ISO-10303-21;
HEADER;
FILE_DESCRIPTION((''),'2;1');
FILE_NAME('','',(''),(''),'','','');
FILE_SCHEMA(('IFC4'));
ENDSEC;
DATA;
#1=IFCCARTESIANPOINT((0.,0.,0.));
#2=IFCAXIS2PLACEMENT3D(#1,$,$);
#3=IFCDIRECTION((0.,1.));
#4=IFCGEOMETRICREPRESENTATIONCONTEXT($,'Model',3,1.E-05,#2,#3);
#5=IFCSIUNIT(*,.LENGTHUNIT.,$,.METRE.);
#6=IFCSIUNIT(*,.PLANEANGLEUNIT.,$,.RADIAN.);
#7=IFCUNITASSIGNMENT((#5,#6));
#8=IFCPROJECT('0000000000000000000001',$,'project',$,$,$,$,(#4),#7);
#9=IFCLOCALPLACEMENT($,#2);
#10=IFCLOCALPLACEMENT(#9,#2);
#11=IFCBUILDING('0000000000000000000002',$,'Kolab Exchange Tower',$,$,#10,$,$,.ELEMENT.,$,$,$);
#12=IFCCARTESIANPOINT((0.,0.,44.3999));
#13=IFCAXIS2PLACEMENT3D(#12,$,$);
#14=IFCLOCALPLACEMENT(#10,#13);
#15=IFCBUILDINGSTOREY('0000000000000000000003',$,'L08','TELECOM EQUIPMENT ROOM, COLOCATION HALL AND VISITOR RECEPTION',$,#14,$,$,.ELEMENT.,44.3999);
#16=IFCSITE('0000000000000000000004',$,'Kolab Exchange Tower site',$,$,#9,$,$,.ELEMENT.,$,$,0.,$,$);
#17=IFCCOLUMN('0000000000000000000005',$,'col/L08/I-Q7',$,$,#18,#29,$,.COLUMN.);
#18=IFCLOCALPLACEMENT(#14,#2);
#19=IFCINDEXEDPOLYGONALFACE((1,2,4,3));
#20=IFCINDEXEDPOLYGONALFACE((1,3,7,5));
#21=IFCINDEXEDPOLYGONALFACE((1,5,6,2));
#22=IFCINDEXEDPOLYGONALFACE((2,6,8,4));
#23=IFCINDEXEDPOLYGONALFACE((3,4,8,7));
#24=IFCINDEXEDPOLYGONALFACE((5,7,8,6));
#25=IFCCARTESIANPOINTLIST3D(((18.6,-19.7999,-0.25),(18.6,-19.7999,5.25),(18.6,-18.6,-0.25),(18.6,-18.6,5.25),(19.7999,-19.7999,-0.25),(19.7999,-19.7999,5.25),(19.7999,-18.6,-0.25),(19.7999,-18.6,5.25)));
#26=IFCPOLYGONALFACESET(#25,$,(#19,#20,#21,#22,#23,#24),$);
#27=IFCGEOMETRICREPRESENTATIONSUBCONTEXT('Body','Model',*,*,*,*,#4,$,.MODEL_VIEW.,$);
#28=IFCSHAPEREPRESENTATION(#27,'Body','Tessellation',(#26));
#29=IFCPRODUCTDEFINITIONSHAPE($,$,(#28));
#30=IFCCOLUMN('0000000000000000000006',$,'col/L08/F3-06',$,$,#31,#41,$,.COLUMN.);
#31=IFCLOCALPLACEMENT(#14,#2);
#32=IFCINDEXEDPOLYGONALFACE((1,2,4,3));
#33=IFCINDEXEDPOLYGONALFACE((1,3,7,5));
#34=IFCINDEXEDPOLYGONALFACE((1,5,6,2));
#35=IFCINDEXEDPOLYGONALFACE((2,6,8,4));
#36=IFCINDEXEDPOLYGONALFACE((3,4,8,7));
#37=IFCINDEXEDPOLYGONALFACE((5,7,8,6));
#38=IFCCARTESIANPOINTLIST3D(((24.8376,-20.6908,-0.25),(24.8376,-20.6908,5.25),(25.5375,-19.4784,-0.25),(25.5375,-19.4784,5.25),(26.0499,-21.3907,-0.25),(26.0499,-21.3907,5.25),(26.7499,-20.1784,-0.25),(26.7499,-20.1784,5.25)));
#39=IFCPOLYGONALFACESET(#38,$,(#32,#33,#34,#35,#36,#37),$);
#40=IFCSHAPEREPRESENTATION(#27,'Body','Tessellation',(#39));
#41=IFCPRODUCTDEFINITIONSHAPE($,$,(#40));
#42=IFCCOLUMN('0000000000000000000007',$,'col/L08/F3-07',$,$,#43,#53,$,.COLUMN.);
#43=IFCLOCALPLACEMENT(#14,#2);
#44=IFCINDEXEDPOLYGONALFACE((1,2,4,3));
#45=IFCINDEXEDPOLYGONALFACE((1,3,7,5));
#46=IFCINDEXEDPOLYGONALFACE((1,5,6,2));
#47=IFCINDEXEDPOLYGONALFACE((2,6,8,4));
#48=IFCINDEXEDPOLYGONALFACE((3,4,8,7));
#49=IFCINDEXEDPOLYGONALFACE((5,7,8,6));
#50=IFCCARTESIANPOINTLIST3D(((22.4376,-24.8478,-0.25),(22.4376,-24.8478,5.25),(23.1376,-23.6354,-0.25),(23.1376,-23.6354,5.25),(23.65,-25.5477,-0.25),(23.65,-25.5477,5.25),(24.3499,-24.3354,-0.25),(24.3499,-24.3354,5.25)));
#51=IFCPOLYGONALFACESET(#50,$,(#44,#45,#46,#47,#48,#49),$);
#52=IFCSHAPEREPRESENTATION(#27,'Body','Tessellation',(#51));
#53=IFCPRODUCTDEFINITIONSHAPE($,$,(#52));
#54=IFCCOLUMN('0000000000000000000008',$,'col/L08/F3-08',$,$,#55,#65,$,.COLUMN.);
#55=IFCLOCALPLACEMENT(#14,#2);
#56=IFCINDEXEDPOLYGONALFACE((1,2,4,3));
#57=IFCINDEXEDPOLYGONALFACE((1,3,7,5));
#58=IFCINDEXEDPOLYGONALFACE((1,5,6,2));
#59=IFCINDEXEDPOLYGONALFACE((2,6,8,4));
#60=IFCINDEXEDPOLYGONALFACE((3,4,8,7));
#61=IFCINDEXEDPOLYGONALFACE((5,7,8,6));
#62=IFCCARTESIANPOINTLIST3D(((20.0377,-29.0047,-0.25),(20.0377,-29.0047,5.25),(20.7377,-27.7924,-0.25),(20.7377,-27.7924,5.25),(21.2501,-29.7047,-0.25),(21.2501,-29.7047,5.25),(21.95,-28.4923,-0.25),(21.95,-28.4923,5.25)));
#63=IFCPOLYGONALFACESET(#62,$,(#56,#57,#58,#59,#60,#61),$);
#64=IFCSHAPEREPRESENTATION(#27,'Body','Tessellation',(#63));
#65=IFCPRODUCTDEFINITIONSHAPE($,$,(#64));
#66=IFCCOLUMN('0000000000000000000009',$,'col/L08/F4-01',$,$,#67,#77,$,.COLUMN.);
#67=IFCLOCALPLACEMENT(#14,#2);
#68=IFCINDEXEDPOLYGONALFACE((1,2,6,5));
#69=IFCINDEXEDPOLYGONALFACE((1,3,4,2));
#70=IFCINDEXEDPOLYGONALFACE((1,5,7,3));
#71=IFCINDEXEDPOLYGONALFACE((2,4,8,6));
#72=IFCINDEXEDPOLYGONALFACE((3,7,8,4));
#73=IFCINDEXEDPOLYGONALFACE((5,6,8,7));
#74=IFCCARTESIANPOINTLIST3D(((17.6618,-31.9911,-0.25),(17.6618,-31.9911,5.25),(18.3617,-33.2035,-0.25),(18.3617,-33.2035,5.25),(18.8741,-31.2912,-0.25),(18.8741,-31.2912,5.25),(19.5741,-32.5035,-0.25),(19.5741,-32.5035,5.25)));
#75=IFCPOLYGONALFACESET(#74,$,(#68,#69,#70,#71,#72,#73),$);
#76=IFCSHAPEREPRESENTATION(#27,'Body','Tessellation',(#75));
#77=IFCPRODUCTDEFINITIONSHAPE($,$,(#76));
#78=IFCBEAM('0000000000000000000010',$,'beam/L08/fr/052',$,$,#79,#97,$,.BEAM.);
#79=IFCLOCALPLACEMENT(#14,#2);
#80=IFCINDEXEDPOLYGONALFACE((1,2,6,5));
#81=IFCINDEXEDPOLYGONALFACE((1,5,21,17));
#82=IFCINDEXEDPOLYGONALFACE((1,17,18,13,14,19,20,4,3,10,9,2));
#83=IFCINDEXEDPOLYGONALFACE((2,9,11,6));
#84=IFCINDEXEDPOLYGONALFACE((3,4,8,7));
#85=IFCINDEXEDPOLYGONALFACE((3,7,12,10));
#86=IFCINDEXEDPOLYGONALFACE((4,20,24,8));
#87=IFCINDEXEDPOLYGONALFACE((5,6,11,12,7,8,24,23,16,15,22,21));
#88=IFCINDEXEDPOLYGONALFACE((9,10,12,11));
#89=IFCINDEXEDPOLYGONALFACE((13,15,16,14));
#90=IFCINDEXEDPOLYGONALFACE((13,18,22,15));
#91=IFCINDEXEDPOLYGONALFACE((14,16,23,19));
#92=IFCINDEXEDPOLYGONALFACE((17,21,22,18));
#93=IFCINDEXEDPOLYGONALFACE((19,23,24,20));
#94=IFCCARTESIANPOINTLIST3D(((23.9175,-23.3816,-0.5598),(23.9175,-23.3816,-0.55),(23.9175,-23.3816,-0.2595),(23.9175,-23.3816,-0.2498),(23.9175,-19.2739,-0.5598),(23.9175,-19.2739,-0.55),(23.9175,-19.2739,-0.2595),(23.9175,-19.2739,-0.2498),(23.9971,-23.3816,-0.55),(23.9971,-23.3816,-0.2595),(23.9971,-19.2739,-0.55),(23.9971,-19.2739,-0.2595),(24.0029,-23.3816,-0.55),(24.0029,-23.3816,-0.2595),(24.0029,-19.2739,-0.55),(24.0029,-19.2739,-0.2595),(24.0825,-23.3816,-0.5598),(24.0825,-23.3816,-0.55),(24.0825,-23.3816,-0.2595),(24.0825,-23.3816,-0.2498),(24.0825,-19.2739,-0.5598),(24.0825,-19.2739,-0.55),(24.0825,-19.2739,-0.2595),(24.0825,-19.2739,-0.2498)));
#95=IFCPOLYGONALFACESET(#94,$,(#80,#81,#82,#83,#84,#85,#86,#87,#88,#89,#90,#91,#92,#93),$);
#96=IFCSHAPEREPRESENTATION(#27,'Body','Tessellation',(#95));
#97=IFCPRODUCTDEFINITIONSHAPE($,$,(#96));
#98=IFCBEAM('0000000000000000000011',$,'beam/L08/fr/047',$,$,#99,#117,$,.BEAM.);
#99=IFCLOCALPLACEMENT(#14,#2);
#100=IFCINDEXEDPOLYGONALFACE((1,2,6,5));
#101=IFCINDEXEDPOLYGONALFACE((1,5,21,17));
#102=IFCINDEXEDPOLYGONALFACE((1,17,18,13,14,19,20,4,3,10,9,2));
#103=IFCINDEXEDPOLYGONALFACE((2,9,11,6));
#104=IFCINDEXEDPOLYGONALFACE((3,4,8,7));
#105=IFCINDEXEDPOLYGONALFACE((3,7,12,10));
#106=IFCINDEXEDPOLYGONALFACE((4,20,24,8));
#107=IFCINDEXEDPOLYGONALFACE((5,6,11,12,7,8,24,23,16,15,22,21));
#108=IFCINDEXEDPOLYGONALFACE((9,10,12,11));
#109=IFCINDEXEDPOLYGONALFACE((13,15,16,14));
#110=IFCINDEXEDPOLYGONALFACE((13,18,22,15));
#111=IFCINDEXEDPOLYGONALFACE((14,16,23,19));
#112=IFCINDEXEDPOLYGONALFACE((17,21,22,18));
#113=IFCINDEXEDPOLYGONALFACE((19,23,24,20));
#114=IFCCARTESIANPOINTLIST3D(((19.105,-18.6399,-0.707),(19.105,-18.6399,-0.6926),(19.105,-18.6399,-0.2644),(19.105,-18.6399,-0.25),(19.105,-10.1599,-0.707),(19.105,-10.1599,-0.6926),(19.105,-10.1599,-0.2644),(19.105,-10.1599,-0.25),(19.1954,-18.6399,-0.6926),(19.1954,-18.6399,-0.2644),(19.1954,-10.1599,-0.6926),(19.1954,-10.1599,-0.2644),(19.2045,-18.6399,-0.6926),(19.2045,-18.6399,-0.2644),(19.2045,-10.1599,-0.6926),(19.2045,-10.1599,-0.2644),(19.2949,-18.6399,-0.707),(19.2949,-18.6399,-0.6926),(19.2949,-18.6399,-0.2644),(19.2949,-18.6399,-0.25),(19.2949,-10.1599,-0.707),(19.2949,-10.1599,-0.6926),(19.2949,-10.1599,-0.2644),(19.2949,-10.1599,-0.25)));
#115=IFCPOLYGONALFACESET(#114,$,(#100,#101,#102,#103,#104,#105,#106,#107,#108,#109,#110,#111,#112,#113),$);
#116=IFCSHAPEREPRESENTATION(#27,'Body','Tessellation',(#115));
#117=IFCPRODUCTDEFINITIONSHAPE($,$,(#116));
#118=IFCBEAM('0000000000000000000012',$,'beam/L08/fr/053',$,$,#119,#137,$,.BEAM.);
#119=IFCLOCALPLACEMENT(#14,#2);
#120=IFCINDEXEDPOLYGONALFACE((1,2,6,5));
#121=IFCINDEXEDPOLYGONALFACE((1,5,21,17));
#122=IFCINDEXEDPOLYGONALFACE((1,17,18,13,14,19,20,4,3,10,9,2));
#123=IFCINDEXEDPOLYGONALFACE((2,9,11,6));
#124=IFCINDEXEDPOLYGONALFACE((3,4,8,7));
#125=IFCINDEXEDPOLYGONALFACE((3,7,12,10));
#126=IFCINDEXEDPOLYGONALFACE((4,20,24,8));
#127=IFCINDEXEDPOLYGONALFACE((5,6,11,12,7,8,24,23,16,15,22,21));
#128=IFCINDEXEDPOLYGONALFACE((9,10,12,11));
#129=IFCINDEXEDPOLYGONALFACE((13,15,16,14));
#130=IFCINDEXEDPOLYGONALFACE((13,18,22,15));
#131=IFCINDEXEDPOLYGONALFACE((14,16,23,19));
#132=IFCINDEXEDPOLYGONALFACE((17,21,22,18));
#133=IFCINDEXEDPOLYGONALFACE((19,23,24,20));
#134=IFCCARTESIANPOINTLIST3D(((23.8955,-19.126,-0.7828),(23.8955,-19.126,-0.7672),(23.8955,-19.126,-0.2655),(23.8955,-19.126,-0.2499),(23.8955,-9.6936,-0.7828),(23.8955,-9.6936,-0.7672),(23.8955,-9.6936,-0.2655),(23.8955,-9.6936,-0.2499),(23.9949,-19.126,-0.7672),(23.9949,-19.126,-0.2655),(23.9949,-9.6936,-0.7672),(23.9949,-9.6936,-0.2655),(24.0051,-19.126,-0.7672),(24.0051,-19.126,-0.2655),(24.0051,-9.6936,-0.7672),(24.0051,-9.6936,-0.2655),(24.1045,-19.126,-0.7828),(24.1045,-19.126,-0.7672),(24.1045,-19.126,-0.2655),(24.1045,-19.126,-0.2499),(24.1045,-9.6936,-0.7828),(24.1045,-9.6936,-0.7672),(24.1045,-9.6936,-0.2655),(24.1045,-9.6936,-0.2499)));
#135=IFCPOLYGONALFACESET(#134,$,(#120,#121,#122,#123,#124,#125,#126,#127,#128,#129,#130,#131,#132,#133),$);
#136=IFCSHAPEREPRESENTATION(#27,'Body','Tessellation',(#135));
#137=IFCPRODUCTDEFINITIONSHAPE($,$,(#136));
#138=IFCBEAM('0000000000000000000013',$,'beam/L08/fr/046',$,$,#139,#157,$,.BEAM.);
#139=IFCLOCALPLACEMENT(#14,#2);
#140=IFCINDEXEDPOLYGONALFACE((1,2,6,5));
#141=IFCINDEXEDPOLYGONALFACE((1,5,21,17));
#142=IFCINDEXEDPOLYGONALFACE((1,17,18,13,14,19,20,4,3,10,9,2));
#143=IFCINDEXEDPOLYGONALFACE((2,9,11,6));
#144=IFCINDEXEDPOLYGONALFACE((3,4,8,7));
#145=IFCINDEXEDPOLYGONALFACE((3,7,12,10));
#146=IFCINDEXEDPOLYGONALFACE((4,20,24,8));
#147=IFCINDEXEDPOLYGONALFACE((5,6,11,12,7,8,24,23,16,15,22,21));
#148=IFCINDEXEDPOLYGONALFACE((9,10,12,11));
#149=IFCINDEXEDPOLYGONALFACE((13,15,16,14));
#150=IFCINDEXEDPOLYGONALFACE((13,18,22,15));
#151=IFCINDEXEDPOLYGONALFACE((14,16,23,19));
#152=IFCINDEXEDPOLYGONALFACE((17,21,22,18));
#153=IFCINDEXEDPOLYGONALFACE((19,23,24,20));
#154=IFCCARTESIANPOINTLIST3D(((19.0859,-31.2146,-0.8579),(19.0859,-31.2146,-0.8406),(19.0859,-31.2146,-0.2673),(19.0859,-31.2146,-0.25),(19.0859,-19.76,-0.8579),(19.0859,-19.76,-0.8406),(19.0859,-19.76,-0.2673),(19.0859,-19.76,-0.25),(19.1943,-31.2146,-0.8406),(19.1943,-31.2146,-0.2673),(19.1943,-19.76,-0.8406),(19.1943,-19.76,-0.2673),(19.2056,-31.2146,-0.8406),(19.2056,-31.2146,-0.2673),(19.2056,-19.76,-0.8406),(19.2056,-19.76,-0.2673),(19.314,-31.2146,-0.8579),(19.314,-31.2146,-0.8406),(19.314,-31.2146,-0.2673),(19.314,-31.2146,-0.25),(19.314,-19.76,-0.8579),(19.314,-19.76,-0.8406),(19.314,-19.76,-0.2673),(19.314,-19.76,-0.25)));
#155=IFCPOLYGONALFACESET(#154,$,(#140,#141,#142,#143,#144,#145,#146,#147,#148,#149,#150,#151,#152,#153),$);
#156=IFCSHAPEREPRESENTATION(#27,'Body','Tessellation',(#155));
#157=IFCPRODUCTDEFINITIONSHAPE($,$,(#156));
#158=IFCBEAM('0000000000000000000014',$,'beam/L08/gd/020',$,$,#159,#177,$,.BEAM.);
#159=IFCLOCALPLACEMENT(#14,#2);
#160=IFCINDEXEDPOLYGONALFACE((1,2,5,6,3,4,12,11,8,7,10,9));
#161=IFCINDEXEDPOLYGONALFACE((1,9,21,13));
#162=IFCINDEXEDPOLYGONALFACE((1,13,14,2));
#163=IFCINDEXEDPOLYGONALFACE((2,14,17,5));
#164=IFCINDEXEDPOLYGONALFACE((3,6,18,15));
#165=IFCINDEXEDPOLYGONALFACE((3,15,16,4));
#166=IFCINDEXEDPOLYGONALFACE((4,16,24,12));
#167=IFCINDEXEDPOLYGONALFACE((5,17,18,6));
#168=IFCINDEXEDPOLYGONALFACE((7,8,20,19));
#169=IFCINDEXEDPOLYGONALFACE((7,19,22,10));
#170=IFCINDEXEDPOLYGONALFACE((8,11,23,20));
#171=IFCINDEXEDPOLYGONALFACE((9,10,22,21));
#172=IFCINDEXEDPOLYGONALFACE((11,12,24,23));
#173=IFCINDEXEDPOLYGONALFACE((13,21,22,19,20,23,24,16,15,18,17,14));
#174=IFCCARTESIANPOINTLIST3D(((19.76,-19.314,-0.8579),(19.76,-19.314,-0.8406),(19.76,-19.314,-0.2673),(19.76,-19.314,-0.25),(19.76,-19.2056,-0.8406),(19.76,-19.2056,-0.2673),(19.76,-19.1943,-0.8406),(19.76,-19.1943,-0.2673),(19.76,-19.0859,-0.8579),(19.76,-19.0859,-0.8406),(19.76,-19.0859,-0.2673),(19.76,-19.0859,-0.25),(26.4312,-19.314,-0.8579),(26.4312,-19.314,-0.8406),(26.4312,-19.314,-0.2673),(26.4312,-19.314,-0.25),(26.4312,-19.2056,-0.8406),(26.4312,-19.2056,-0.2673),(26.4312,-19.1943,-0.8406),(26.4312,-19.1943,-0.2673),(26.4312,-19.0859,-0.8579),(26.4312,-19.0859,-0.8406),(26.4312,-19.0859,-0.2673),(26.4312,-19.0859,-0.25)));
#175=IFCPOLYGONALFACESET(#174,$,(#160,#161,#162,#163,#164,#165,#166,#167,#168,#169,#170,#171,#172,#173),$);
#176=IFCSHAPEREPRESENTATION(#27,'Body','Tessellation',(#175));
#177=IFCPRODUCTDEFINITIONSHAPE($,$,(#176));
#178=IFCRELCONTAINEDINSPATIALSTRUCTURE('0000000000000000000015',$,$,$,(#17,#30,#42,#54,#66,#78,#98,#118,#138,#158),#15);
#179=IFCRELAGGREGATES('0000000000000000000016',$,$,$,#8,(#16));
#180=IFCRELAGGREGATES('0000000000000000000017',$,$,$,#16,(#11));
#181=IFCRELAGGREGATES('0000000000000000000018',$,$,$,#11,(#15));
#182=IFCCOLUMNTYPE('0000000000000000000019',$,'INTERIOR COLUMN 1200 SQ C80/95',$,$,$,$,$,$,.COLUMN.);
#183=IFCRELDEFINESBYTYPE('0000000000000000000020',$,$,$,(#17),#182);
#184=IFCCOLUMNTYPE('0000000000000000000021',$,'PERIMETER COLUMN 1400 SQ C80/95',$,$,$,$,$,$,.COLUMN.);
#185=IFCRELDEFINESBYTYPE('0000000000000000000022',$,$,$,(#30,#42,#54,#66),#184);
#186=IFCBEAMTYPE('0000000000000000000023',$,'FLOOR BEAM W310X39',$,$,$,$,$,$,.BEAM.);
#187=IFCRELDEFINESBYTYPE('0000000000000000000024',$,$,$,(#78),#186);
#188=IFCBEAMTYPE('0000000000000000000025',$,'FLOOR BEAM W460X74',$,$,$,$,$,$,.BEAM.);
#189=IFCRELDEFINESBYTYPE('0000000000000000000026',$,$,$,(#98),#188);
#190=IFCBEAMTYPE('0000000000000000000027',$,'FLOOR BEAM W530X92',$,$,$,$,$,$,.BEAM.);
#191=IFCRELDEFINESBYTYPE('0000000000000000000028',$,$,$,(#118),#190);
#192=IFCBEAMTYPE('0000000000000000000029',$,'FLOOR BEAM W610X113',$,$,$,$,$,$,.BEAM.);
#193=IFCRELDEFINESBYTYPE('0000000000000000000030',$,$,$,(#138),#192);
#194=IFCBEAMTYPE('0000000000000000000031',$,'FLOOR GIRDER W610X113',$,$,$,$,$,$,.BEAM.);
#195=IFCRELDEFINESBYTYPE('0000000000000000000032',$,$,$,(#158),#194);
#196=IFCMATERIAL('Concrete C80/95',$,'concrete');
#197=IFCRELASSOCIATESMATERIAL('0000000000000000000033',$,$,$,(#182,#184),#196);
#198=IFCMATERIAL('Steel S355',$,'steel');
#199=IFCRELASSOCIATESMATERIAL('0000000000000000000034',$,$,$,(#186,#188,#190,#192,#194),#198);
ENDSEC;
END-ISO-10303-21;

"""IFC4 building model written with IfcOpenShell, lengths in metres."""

from ifc_helpers import new_model, si_unit, direction, frame, origin, origin_2d, place, context, subcontext, project, spatial, rectangle, i_section, extrude, material, material_profile, profile_set, type_object, element, save


model = new_model("IFC4")

# Units and contexts
model_context = context("Model", 3, precision=1e-05, world=origin(), true_north=direction((0.0, 1.0)))
body_context = subcontext(model_context, "Body", "Model", "MODEL_VIEW")
ifc_project = project(units=[si_unit("LENGTHUNIT", "METRE"), si_unit("PLANEANGLEUNIT", "RADIAN")], contexts=[model_context])

# Site, building, storey
site_placement = place(None, origin())
site = spatial("IfcSite", under=ifc_project, at=site_placement, Name="Kolab Exchange Tower site", CompositionType="ELEMENT", RefElevation=0.0)
building_placement = place(site_placement, origin())
building = spatial("IfcBuilding", under=site, at=building_placement, Name="Kolab Exchange Tower", CompositionType="ELEMENT")
storey_placement = place(building_placement, frame((0.0, 0.0, 44.3999)))
storey = spatial("IfcBuildingStorey", under=building, at=storey_placement, Name="L08", Description="TELECOM EQUIPMENT ROOM, COLOCATION HALL AND VISITOR RECEPTION", CompositionType="ELEMENT", Elevation=44.3999)

# Columns
ifc_material_1 = material(Name="Concrete C80/95", Category="concrete")
ifc_material_profile_1 = material_profile(ifc_material_1, rectangle(XDim=1.2, YDim=1.2, at=origin_2d()), Name="RC1200")
ifc_profile_set_1 = profile_set([ifc_material_profile_1], Name="Concrete C80/95")
column_type_1 = type_object("IfcColumnType", Name="INTERIOR COLUMN 1200 SQ C80/95", PredefinedType="COLUMN", material=ifc_profile_set_1)
column_placement = place(storey_placement, frame((19.2, -19.2, -0.25), z_axis=(0.0, 0.0, 1.0), x_axis=(1.0, 0.0, 0.0)))
element("IfcColumn", 1, at=column_placement, inside=storey, type_object=column_type_1, Name="col/L08/I-Q7", PredefinedType="COLUMN", context=body_context, shape_type="SweptSolid", body=[
    extrude(rectangle(XDim=1.2, YDim=1.2, at=origin_2d()), origin(), (0.0, 0.0, 1.0), 5.5),
])
ifc_material_profile_2 = material_profile(ifc_material_1, rectangle(XDim=1.3999, YDim=1.3999, at=origin_2d()), Name="RC1400")
ifc_profile_set_2 = profile_set([ifc_material_profile_2], Name="Concrete C80/95")
column_type_2 = type_object("IfcColumnType", Name="PERIMETER COLUMN 1400 SQ C80/95", PredefinedType="COLUMN", material=ifc_profile_set_2)
for number, where, z_axis, x_axis, name in (
    (2, (25.7937, -20.4346, -0.25), (0.0, 0.0, 1.0), (0.5, 0.866025, 0.0), "col/L08/F3-06"),
    (3, (23.3938, -24.5916, -0.25), (0.0, 0.0, 1.0), (0.5, 0.866025, 0.0), "col/L08/F3-07"),
    (4, (20.9939, -28.7485, -0.25), (0.0, 0.0, 1.0), (0.5, 0.866025, 0.0), "col/L08/F3-08"),
    (5, (18.6179, -32.2473, -0.25), (0.0, 0.0, 1.0), (0.866025, 0.5, 0.0), "col/L08/F4-01"),
):
    element("IfcColumn", number, at=place(storey_placement, frame(where, z_axis=z_axis, x_axis=x_axis)), inside=storey, type_object=column_type_2, Name=name, PredefinedType="COLUMN", context=body_context, shape_type="SweptSolid", body=[
        extrude(rectangle(XDim=1.3999, YDim=1.3999, at=origin_2d()), origin(), (0.0, 0.0, 1.0), 5.5),
    ])

# Beams
ifc_material_2 = material(Name="Steel S355", Category="steel")
ifc_material_profile_3 = material_profile(ifc_material_2, i_section(OverallWidth=0.165, OverallDepth=0.3101, WebThickness=0.0059, FlangeThickness=0.0098, at=origin_2d()), Name="W310X39")
ifc_profile_set_3 = profile_set([ifc_material_profile_3], Name="Steel S355")
beam_type_1 = type_object("IfcBeamType", Name="FLOOR BEAM W310X39", PredefinedType="BEAM", material=ifc_profile_set_3)
beam_1_placement = place(storey_placement, frame((24.0, -23.3816, -0.4048), z_axis=(0.0, 1.0, 0.0), x_axis=(-1.0, 0.0, 0.0)))
element("IfcBeam", 6, at=beam_1_placement, inside=storey, type_object=beam_type_1, Name="beam/L08/fr/052", PredefinedType="BEAM", context=body_context, shape_type="SweptSolid", body=[
    extrude(i_section(OverallWidth=0.165, OverallDepth=0.3101, WebThickness=0.0059, FlangeThickness=0.0098, at=origin_2d()), origin(), (0.0, 0.0, 1.0), 4.1077),
])
ifc_material_profile_4 = material_profile(ifc_material_2, i_section(OverallWidth=0.1899, OverallDepth=0.457, WebThickness=0.009, FlangeThickness=0.0144, at=origin_2d()), Name="W460X74")
ifc_profile_set_4 = profile_set([ifc_material_profile_4], Name="Steel S355")
beam_type_2 = type_object("IfcBeamType", Name="FLOOR BEAM W460X74", PredefinedType="BEAM", material=ifc_profile_set_4)
beam_2_placement = place(storey_placement, frame((19.2, -18.6399, -0.4785), z_axis=(0.0, 1.0, 0.0), x_axis=(-1.0, 0.0, 0.0)))
element("IfcBeam", 7, at=beam_2_placement, inside=storey, type_object=beam_type_2, Name="beam/L08/fr/047", PredefinedType="BEAM", context=body_context, shape_type="SweptSolid", body=[
    extrude(i_section(OverallWidth=0.1899, OverallDepth=0.457, WebThickness=0.009, FlangeThickness=0.0144, at=origin_2d()), origin(), (0.0, 0.0, 1.0), 8.48),
])
ifc_material_profile_5 = material_profile(ifc_material_2, i_section(OverallWidth=0.209, OverallDepth=0.533, WebThickness=0.0103, FlangeThickness=0.0156, at=origin_2d()), Name="W530X92")
ifc_profile_set_5 = profile_set([ifc_material_profile_5], Name="Steel S355")
beam_type_3 = type_object("IfcBeamType", Name="FLOOR BEAM W530X92", PredefinedType="BEAM", material=ifc_profile_set_5)
beam_3_placement = place(storey_placement, frame((24.0, -19.126, -0.5164), z_axis=(0.0, 1.0, 0.0), x_axis=(-1.0, 0.0, 0.0)))
element("IfcBeam", 8, at=beam_3_placement, inside=storey, type_object=beam_type_3, Name="beam/L08/fr/053", PredefinedType="BEAM", context=body_context, shape_type="SweptSolid", body=[
    extrude(i_section(OverallWidth=0.209, OverallDepth=0.533, WebThickness=0.0103, FlangeThickness=0.0156, at=origin_2d()), origin(), (0.0, 0.0, 1.0), 9.4324),
])
ifc_material_profile_6 = material_profile(ifc_material_2, i_section(OverallWidth=0.228, OverallDepth=0.6079, WebThickness=0.0112, FlangeThickness=0.0173, at=origin_2d()), Name="W610X113")
ifc_profile_set_6 = profile_set([ifc_material_profile_6], Name="Steel S355")
beam_type_4 = type_object("IfcBeamType", Name="FLOOR BEAM W610X113", PredefinedType="BEAM", material=ifc_profile_set_6)
beam_4_placement = place(storey_placement, frame((19.2, -31.2146, -0.554), z_axis=(0.0, 1.0, 0.0), x_axis=(-1.0, 0.0, 0.0)))
element("IfcBeam", 9, at=beam_4_placement, inside=storey, type_object=beam_type_4, Name="beam/L08/fr/046", PredefinedType="BEAM", context=body_context, shape_type="SweptSolid", body=[
    extrude(i_section(OverallWidth=0.228, OverallDepth=0.6079, WebThickness=0.0112, FlangeThickness=0.0173, at=origin_2d()), origin(), (0.0, 0.0, 1.0), 11.4546),
])
ifc_material_profile_7 = material_profile(ifc_material_2, i_section(OverallWidth=0.228, OverallDepth=0.6079, WebThickness=0.0112, FlangeThickness=0.0173, at=origin_2d()), Name="W610X113")
ifc_profile_set_7 = profile_set([ifc_material_profile_7], Name="Steel S355")
beam_type_5 = type_object("IfcBeamType", Name="FLOOR GIRDER W610X113", PredefinedType="BEAM", material=ifc_profile_set_7)
beam_5_placement = place(storey_placement, frame((19.76, -19.2, -0.554), z_axis=(1.0, 0.0, 0.0), x_axis=(0.0, 1.0, 0.0)))
element("IfcBeam", 10, at=beam_5_placement, inside=storey, type_object=beam_type_5, Name="beam/L08/gd/020", PredefinedType="BEAM", context=body_context, shape_type="SweptSolid", body=[
    extrude(i_section(OverallWidth=0.228, OverallDepth=0.6079, WebThickness=0.0112, FlangeThickness=0.0173, at=origin_2d()), origin(), (0.0, 0.0, 1.0), 6.6711),
])

save(model, "model.ifc")
